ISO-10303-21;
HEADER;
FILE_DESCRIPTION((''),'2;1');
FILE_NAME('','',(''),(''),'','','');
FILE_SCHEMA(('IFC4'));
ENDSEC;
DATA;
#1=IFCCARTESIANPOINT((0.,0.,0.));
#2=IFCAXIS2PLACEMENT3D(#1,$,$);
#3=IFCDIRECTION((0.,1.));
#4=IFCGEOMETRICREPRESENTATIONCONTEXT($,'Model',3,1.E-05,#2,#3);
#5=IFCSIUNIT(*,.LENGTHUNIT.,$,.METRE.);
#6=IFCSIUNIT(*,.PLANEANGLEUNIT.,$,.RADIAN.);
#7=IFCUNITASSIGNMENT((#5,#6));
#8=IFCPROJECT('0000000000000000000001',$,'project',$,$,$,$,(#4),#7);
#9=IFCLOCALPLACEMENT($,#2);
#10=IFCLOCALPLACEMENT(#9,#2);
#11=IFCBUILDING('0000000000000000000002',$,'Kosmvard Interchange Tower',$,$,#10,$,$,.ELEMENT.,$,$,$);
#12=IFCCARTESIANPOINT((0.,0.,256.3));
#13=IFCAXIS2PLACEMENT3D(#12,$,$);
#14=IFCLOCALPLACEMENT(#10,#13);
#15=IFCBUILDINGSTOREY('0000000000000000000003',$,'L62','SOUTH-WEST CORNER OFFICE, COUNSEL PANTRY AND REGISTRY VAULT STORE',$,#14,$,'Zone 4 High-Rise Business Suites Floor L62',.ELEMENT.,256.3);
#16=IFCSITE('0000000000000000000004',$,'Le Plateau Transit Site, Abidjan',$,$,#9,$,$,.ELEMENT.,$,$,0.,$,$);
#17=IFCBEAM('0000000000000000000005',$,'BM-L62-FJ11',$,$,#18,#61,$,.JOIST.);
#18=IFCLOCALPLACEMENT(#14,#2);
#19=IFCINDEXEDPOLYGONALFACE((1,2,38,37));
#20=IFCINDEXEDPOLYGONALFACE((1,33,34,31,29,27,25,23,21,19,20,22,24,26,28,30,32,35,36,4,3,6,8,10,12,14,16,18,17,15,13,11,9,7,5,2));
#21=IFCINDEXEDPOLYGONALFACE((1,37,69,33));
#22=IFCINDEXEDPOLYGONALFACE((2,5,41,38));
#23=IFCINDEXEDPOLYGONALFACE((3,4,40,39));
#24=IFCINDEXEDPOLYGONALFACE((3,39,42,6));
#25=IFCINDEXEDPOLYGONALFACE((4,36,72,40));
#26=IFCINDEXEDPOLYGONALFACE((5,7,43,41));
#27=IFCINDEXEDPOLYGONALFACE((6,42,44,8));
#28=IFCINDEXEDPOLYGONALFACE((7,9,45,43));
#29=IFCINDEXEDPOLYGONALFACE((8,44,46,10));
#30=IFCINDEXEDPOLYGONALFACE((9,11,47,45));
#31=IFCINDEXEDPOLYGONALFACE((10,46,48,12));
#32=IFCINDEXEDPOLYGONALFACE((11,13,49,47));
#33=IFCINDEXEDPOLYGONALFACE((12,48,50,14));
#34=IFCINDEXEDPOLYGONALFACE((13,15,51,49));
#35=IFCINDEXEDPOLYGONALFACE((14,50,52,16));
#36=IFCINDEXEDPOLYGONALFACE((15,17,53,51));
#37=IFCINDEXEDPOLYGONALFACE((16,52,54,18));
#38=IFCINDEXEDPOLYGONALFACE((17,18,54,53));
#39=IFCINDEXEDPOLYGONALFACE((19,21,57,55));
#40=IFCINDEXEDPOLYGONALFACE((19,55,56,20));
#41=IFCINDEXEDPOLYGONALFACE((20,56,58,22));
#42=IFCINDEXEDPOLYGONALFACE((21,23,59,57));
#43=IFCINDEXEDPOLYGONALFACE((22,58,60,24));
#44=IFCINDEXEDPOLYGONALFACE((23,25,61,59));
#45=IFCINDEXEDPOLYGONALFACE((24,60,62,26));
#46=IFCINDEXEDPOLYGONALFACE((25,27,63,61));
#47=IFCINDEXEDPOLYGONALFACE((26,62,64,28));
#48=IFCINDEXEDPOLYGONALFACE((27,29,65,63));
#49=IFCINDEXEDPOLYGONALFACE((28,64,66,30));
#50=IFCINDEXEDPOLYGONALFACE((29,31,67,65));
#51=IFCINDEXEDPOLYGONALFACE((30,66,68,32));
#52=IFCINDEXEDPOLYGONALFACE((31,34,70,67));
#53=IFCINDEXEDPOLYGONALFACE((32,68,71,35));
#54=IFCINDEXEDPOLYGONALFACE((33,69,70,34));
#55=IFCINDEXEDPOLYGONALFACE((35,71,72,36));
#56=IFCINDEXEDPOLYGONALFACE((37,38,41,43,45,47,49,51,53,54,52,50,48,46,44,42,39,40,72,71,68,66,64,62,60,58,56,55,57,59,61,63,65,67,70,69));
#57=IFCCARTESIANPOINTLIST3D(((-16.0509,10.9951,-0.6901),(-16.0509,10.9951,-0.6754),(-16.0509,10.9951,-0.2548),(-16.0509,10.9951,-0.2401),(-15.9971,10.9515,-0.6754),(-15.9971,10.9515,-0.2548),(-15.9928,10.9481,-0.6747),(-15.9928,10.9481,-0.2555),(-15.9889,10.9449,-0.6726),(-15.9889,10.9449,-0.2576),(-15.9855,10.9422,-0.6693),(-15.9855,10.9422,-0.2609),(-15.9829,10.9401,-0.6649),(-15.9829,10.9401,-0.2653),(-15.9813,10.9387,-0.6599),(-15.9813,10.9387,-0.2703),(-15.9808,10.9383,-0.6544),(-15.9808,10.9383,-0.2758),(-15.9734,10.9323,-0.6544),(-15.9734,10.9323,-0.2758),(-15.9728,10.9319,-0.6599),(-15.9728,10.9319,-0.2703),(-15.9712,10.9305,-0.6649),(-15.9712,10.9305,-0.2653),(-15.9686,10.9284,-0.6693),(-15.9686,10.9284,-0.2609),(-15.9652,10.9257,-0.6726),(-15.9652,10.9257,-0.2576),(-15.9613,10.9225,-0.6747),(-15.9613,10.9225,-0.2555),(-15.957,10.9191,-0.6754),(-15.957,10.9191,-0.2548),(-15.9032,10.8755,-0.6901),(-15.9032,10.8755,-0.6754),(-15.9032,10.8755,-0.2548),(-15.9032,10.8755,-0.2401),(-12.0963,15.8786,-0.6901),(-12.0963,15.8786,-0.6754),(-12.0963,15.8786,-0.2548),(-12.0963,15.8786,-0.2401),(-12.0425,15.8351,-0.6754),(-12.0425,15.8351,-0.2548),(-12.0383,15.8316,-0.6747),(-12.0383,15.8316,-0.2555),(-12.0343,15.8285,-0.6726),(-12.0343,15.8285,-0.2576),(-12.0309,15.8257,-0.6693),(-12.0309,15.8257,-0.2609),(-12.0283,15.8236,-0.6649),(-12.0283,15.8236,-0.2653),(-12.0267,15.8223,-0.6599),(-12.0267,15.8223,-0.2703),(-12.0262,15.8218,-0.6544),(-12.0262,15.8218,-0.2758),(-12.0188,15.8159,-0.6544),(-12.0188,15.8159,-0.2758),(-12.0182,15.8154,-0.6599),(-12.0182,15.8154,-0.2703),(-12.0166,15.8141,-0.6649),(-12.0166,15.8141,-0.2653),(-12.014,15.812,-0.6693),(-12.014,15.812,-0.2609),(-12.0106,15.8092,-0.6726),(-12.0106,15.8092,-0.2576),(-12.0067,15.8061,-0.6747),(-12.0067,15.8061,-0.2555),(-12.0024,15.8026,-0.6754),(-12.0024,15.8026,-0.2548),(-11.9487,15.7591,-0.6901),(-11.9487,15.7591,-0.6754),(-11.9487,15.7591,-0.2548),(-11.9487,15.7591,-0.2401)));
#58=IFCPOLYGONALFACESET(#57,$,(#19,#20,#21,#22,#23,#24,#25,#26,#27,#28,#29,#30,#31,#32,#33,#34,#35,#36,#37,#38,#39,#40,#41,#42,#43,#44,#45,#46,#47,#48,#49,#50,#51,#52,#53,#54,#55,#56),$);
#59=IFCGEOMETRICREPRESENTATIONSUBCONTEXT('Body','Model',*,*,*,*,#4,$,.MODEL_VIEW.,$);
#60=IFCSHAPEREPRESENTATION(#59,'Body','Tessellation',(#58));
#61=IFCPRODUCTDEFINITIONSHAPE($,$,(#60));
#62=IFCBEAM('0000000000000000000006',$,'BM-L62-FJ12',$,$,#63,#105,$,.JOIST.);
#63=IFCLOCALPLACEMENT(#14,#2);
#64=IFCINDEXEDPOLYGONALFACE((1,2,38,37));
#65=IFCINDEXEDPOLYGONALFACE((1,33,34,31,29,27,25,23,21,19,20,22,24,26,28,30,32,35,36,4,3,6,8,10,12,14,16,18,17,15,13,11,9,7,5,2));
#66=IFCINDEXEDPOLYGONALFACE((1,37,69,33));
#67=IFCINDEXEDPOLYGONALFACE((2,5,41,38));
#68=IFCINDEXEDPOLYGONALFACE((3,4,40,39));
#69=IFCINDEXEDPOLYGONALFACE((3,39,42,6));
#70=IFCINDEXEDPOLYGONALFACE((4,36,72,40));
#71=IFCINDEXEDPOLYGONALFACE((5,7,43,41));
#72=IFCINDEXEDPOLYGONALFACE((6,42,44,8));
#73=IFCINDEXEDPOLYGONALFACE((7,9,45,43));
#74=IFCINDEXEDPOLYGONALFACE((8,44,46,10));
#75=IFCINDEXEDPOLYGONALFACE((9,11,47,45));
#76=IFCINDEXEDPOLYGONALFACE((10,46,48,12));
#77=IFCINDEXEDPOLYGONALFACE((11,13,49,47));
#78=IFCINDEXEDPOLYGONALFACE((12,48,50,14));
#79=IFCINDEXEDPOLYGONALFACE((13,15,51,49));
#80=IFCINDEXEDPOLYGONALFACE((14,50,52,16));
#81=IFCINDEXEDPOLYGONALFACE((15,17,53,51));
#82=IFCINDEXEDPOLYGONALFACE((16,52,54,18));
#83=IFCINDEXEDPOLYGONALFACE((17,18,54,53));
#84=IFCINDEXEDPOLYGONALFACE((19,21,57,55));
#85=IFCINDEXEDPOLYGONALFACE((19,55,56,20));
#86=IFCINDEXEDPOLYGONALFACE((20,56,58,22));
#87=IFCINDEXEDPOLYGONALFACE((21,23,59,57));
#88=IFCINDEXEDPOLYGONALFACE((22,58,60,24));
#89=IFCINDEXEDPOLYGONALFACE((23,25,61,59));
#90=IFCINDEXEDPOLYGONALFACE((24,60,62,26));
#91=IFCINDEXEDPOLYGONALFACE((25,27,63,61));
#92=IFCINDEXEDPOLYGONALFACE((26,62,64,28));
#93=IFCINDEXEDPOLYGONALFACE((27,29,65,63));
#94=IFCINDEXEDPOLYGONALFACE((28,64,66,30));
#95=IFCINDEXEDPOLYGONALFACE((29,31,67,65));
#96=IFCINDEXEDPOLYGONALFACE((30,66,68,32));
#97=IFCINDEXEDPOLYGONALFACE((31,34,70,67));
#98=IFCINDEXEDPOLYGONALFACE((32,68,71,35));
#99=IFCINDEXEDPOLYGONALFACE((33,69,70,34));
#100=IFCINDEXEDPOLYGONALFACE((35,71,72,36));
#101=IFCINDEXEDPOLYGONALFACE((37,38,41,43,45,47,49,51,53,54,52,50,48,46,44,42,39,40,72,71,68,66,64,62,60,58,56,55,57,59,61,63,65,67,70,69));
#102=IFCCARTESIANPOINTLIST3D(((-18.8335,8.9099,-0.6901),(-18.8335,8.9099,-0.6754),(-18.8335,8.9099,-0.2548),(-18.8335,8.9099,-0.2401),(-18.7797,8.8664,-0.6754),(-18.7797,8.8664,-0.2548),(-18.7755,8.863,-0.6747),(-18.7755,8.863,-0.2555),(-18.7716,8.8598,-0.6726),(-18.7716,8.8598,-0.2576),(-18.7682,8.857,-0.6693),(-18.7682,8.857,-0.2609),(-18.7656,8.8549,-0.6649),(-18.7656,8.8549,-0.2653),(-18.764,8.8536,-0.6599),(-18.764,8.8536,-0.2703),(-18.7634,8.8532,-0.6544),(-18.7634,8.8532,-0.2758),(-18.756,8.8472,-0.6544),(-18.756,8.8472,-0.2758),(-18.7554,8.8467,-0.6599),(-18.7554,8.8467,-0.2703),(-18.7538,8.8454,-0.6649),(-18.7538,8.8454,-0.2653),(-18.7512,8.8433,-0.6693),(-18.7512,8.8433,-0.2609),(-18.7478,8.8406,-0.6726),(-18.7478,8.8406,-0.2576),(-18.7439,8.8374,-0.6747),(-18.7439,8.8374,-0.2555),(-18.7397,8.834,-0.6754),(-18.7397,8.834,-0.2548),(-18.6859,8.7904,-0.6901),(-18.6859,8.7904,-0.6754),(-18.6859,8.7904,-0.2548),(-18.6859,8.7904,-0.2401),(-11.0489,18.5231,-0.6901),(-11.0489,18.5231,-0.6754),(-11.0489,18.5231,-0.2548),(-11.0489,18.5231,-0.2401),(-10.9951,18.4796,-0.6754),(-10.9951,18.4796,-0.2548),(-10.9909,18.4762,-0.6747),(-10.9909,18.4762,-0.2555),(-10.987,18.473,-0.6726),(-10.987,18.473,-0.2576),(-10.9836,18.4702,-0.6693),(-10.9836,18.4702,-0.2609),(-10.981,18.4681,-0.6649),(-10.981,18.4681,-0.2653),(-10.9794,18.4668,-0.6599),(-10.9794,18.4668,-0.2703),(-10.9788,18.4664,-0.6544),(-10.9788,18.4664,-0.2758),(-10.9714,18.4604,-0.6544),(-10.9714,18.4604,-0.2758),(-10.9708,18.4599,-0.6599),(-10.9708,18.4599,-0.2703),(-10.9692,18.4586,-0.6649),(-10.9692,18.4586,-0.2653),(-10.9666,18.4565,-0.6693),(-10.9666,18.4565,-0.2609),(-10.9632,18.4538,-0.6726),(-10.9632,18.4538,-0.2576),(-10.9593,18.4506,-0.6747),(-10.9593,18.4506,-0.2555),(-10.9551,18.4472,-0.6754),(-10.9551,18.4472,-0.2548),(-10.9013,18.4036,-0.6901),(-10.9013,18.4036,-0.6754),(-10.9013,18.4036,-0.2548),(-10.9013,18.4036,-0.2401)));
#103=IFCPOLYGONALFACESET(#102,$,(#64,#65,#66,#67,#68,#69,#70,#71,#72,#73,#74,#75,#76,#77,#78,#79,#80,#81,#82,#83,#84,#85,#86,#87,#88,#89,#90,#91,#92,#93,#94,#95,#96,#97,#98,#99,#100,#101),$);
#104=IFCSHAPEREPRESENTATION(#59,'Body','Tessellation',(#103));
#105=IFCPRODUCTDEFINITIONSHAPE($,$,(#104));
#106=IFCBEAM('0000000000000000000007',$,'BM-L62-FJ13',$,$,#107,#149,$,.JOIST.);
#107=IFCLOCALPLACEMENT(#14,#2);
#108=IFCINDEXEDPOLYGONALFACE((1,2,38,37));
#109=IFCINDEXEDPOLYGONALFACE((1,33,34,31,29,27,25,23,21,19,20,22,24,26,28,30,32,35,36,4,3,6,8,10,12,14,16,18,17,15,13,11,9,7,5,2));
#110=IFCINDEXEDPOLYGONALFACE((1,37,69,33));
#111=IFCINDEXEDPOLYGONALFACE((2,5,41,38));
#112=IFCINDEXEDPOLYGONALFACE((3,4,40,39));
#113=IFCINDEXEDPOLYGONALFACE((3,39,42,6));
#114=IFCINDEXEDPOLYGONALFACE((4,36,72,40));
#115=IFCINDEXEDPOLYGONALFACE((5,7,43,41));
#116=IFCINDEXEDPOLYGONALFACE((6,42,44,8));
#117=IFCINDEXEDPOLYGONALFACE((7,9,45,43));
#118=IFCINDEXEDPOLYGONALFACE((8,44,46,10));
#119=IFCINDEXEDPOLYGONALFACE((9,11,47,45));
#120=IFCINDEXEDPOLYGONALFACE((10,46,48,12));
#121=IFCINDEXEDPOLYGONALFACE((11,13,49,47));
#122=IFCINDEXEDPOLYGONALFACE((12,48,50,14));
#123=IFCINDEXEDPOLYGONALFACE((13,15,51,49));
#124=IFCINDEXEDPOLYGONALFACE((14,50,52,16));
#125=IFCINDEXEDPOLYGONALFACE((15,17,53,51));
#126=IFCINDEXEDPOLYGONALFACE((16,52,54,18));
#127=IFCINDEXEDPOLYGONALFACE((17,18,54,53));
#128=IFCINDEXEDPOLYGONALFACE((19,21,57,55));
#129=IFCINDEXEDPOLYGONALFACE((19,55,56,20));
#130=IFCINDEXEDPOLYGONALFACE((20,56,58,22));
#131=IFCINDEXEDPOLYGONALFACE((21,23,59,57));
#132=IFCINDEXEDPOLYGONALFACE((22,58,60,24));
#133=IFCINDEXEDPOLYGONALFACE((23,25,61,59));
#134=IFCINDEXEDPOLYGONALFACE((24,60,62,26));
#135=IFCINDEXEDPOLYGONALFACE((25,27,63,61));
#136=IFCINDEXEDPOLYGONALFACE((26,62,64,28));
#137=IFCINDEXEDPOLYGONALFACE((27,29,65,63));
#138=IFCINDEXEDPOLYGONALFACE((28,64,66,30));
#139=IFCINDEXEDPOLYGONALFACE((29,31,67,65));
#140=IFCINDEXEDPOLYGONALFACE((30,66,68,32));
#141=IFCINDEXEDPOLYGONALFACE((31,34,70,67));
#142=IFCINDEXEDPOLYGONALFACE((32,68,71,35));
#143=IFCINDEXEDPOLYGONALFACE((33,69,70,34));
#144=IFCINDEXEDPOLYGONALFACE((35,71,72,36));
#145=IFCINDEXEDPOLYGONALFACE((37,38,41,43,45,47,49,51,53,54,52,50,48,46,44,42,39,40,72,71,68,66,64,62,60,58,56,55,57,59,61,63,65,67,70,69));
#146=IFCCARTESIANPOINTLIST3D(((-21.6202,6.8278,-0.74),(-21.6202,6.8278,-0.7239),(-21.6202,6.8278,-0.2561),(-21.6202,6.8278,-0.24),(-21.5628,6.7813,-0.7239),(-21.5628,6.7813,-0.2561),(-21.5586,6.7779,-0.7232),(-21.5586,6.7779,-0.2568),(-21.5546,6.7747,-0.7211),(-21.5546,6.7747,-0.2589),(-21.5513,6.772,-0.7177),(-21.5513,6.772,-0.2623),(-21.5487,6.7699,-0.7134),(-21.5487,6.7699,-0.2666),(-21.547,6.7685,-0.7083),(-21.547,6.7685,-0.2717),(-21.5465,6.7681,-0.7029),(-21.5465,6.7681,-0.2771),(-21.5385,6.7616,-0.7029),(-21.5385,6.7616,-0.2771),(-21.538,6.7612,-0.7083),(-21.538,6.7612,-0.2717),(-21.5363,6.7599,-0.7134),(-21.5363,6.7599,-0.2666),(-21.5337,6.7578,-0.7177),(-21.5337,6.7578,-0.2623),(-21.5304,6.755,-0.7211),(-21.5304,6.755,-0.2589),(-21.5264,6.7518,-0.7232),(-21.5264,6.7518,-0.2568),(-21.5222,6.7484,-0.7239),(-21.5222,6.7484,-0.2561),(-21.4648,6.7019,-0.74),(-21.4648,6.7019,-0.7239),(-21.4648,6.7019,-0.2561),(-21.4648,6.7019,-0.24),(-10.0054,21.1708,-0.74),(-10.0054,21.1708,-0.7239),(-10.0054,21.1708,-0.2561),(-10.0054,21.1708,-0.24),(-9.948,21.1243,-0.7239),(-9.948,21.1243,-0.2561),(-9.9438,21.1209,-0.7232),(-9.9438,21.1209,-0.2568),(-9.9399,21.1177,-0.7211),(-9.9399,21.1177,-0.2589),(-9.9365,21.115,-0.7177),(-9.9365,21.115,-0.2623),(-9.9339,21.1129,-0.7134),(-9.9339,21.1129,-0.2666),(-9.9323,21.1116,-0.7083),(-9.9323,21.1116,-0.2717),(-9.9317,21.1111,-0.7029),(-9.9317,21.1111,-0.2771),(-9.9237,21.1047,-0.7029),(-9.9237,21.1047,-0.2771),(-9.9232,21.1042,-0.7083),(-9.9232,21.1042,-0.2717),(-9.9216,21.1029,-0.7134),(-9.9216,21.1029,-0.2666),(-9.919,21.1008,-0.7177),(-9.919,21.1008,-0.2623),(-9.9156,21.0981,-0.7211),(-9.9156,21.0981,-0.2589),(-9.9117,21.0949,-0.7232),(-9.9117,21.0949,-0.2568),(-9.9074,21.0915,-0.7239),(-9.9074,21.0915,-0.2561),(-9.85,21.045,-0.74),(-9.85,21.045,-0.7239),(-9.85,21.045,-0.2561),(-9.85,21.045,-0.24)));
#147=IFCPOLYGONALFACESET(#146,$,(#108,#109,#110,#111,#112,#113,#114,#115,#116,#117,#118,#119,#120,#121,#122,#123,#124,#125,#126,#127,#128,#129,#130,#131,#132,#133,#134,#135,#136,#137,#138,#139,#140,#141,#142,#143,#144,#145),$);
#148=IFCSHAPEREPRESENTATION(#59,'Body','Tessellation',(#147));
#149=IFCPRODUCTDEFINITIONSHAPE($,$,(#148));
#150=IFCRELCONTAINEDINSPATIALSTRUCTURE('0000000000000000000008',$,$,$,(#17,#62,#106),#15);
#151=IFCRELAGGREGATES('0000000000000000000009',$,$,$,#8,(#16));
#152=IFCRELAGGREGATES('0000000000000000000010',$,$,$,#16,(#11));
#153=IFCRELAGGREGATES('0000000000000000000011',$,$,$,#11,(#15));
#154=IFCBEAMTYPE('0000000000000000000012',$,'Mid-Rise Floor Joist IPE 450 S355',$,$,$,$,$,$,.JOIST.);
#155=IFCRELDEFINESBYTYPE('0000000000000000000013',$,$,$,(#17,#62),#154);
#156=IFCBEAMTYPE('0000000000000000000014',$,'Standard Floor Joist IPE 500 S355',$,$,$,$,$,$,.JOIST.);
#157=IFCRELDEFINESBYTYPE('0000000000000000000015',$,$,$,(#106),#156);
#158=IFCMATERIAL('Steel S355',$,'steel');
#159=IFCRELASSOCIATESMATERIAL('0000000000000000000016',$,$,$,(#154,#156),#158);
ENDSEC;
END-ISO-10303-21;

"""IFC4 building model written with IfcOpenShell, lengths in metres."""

from ifc_helpers import new_model, si_unit, direction, frame, origin, origin_2d, place, context, subcontext, project, spatial, i_section, extrude, source, transform, mapped, material, material_profile, profile_set, type_object, element, save


model = new_model("IFC4")

# Units and contexts
model_context = context("Model", 3, precision=1e-05, world=origin(), true_north=direction((0.0, 1.0)))
body_context = subcontext(model_context, "Body", "Model", "MODEL_VIEW")
ifc_project = project(units=[si_unit("LENGTHUNIT", "METRE"), si_unit("PLANEANGLEUNIT", "RADIAN")], contexts=[model_context])

# Site, building, storey
site_placement = place(None, origin())
site = spatial("IfcSite", under=ifc_project, at=site_placement, Name="Le Plateau Transit Site, Abidjan", CompositionType="ELEMENT", RefElevation=0.0)
building_placement = place(site_placement, origin())
building = spatial("IfcBuilding", under=site, at=building_placement, Name="Kosmvard Interchange Tower", CompositionType="ELEMENT")
storey_placement = place(building_placement, frame((0.0, 0.0, 256.3)))
storey = spatial("IfcBuildingStorey", under=building, at=storey_placement, Name="L62", Description="SOUTH-WEST CORNER OFFICE, COUNSEL PANTRY AND REGISTRY VAULT STORE", LongName="Zone 4 High-Rise Business Suites Floor L62", CompositionType="ELEMENT", Elevation=256.3)

# Beams
ifc_material_1 = material(Name="Steel S355", Category="steel")
ifc_material_profile_1 = material_profile(ifc_material_1, i_section(OverallWidth=0.1899, OverallDepth=0.45, WebThickness=0.0095, FlangeThickness=0.0146, FilletRadius=0.021, at=origin_2d()), Name="IPE 450")
ifc_profile_set_1 = profile_set([ifc_material_profile_1], Name="Steel S355")
beam_type_1 = type_object("IfcBeamType", Name="Mid-Rise Floor Joist IPE 450 S355", PredefinedType="JOIST", material=ifc_profile_set_1)
shared_shape_1 = source(origin(), body_context, "Body", "SweptSolid", [
    extrude(i_section(OverallWidth=0.1899, OverallDepth=0.45, WebThickness=0.0095, FlangeThickness=0.0146, FilletRadius=0.021, at=origin_2d()), origin(), (0.0, 0.0, 1.0), 6.2839),
])
beam_1_placement = place(storey_placement, frame((-12.0225, 15.8188, -0.4651), z_axis=(-0.629318, -0.777148, 0.0), x_axis=(0.777148, -0.629318, 0.0)))
element("IfcBeam", 1, at=beam_1_placement, inside=storey, type_object=beam_type_1, Name="BM-L62-FJ11", PredefinedType="JOIST", context=body_context, shape_type="MappedRepresentation", body=[
    mapped(shared_shape_1, transform((0.0, 0.0, 0.0), scale=1.0)),
])
shared_shape_2 = source(origin(), body_context, "Body", "SweptSolid", [
    extrude(i_section(OverallWidth=0.1899, OverallDepth=0.45, WebThickness=0.0095, FlangeThickness=0.0146, FilletRadius=0.021, at=origin_2d()), origin(), (0.0, 0.0, 1.0), 12.3699),
])
beam_2_placement = place(storey_placement, frame((-10.9751, 18.4634, -0.4651), z_axis=(-0.62932, -0.777147, 0.0), x_axis=(0.777147, -0.62932, 0.0)))
element("IfcBeam", 2, at=beam_2_placement, inside=storey, type_object=beam_type_1, Name="BM-L62-FJ12", PredefinedType="JOIST", context=body_context, shape_type="MappedRepresentation", body=[
    mapped(shared_shape_2, transform((0.0, 0.0, 0.0), scale=1.0)),
])
ifc_material_profile_2 = material_profile(ifc_material_1, i_section(OverallWidth=0.2, OverallDepth=0.5, WebThickness=0.0103, FlangeThickness=0.0161, FilletRadius=0.021, at=origin_2d()), Name="IPE 500")
ifc_profile_set_2 = profile_set([ifc_material_profile_2], Name="Steel S355")
beam_type_2 = type_object("IfcBeamType", Name="Standard Floor Joist IPE 500 S355", PredefinedType="JOIST", material=ifc_profile_set_2)
shared_shape_3 = source(origin(), body_context, "Body", "SweptSolid", [
    extrude(i_section(OverallWidth=0.2, OverallDepth=0.5, WebThickness=0.0103, FlangeThickness=0.0161, FilletRadius=0.021, at=origin_2d()), origin(), (0.0, 0.0, 1.0), 18.4561),
])
beam_3_placement = place(storey_placement, frame((-9.9277, 21.1079, -0.49), z_axis=(-0.62932, -0.777146, 0.0), x_axis=(0.777146, -0.62932, 0.0)))
element("IfcBeam", 3, at=beam_3_placement, inside=storey, type_object=beam_type_2, Name="BM-L62-FJ13", PredefinedType="JOIST", context=body_context, shape_type="MappedRepresentation", body=[
    mapped(shared_shape_3, transform((0.0, 0.0, 0.0), scale=1.0)),
])

save(model, "model.ifc")
